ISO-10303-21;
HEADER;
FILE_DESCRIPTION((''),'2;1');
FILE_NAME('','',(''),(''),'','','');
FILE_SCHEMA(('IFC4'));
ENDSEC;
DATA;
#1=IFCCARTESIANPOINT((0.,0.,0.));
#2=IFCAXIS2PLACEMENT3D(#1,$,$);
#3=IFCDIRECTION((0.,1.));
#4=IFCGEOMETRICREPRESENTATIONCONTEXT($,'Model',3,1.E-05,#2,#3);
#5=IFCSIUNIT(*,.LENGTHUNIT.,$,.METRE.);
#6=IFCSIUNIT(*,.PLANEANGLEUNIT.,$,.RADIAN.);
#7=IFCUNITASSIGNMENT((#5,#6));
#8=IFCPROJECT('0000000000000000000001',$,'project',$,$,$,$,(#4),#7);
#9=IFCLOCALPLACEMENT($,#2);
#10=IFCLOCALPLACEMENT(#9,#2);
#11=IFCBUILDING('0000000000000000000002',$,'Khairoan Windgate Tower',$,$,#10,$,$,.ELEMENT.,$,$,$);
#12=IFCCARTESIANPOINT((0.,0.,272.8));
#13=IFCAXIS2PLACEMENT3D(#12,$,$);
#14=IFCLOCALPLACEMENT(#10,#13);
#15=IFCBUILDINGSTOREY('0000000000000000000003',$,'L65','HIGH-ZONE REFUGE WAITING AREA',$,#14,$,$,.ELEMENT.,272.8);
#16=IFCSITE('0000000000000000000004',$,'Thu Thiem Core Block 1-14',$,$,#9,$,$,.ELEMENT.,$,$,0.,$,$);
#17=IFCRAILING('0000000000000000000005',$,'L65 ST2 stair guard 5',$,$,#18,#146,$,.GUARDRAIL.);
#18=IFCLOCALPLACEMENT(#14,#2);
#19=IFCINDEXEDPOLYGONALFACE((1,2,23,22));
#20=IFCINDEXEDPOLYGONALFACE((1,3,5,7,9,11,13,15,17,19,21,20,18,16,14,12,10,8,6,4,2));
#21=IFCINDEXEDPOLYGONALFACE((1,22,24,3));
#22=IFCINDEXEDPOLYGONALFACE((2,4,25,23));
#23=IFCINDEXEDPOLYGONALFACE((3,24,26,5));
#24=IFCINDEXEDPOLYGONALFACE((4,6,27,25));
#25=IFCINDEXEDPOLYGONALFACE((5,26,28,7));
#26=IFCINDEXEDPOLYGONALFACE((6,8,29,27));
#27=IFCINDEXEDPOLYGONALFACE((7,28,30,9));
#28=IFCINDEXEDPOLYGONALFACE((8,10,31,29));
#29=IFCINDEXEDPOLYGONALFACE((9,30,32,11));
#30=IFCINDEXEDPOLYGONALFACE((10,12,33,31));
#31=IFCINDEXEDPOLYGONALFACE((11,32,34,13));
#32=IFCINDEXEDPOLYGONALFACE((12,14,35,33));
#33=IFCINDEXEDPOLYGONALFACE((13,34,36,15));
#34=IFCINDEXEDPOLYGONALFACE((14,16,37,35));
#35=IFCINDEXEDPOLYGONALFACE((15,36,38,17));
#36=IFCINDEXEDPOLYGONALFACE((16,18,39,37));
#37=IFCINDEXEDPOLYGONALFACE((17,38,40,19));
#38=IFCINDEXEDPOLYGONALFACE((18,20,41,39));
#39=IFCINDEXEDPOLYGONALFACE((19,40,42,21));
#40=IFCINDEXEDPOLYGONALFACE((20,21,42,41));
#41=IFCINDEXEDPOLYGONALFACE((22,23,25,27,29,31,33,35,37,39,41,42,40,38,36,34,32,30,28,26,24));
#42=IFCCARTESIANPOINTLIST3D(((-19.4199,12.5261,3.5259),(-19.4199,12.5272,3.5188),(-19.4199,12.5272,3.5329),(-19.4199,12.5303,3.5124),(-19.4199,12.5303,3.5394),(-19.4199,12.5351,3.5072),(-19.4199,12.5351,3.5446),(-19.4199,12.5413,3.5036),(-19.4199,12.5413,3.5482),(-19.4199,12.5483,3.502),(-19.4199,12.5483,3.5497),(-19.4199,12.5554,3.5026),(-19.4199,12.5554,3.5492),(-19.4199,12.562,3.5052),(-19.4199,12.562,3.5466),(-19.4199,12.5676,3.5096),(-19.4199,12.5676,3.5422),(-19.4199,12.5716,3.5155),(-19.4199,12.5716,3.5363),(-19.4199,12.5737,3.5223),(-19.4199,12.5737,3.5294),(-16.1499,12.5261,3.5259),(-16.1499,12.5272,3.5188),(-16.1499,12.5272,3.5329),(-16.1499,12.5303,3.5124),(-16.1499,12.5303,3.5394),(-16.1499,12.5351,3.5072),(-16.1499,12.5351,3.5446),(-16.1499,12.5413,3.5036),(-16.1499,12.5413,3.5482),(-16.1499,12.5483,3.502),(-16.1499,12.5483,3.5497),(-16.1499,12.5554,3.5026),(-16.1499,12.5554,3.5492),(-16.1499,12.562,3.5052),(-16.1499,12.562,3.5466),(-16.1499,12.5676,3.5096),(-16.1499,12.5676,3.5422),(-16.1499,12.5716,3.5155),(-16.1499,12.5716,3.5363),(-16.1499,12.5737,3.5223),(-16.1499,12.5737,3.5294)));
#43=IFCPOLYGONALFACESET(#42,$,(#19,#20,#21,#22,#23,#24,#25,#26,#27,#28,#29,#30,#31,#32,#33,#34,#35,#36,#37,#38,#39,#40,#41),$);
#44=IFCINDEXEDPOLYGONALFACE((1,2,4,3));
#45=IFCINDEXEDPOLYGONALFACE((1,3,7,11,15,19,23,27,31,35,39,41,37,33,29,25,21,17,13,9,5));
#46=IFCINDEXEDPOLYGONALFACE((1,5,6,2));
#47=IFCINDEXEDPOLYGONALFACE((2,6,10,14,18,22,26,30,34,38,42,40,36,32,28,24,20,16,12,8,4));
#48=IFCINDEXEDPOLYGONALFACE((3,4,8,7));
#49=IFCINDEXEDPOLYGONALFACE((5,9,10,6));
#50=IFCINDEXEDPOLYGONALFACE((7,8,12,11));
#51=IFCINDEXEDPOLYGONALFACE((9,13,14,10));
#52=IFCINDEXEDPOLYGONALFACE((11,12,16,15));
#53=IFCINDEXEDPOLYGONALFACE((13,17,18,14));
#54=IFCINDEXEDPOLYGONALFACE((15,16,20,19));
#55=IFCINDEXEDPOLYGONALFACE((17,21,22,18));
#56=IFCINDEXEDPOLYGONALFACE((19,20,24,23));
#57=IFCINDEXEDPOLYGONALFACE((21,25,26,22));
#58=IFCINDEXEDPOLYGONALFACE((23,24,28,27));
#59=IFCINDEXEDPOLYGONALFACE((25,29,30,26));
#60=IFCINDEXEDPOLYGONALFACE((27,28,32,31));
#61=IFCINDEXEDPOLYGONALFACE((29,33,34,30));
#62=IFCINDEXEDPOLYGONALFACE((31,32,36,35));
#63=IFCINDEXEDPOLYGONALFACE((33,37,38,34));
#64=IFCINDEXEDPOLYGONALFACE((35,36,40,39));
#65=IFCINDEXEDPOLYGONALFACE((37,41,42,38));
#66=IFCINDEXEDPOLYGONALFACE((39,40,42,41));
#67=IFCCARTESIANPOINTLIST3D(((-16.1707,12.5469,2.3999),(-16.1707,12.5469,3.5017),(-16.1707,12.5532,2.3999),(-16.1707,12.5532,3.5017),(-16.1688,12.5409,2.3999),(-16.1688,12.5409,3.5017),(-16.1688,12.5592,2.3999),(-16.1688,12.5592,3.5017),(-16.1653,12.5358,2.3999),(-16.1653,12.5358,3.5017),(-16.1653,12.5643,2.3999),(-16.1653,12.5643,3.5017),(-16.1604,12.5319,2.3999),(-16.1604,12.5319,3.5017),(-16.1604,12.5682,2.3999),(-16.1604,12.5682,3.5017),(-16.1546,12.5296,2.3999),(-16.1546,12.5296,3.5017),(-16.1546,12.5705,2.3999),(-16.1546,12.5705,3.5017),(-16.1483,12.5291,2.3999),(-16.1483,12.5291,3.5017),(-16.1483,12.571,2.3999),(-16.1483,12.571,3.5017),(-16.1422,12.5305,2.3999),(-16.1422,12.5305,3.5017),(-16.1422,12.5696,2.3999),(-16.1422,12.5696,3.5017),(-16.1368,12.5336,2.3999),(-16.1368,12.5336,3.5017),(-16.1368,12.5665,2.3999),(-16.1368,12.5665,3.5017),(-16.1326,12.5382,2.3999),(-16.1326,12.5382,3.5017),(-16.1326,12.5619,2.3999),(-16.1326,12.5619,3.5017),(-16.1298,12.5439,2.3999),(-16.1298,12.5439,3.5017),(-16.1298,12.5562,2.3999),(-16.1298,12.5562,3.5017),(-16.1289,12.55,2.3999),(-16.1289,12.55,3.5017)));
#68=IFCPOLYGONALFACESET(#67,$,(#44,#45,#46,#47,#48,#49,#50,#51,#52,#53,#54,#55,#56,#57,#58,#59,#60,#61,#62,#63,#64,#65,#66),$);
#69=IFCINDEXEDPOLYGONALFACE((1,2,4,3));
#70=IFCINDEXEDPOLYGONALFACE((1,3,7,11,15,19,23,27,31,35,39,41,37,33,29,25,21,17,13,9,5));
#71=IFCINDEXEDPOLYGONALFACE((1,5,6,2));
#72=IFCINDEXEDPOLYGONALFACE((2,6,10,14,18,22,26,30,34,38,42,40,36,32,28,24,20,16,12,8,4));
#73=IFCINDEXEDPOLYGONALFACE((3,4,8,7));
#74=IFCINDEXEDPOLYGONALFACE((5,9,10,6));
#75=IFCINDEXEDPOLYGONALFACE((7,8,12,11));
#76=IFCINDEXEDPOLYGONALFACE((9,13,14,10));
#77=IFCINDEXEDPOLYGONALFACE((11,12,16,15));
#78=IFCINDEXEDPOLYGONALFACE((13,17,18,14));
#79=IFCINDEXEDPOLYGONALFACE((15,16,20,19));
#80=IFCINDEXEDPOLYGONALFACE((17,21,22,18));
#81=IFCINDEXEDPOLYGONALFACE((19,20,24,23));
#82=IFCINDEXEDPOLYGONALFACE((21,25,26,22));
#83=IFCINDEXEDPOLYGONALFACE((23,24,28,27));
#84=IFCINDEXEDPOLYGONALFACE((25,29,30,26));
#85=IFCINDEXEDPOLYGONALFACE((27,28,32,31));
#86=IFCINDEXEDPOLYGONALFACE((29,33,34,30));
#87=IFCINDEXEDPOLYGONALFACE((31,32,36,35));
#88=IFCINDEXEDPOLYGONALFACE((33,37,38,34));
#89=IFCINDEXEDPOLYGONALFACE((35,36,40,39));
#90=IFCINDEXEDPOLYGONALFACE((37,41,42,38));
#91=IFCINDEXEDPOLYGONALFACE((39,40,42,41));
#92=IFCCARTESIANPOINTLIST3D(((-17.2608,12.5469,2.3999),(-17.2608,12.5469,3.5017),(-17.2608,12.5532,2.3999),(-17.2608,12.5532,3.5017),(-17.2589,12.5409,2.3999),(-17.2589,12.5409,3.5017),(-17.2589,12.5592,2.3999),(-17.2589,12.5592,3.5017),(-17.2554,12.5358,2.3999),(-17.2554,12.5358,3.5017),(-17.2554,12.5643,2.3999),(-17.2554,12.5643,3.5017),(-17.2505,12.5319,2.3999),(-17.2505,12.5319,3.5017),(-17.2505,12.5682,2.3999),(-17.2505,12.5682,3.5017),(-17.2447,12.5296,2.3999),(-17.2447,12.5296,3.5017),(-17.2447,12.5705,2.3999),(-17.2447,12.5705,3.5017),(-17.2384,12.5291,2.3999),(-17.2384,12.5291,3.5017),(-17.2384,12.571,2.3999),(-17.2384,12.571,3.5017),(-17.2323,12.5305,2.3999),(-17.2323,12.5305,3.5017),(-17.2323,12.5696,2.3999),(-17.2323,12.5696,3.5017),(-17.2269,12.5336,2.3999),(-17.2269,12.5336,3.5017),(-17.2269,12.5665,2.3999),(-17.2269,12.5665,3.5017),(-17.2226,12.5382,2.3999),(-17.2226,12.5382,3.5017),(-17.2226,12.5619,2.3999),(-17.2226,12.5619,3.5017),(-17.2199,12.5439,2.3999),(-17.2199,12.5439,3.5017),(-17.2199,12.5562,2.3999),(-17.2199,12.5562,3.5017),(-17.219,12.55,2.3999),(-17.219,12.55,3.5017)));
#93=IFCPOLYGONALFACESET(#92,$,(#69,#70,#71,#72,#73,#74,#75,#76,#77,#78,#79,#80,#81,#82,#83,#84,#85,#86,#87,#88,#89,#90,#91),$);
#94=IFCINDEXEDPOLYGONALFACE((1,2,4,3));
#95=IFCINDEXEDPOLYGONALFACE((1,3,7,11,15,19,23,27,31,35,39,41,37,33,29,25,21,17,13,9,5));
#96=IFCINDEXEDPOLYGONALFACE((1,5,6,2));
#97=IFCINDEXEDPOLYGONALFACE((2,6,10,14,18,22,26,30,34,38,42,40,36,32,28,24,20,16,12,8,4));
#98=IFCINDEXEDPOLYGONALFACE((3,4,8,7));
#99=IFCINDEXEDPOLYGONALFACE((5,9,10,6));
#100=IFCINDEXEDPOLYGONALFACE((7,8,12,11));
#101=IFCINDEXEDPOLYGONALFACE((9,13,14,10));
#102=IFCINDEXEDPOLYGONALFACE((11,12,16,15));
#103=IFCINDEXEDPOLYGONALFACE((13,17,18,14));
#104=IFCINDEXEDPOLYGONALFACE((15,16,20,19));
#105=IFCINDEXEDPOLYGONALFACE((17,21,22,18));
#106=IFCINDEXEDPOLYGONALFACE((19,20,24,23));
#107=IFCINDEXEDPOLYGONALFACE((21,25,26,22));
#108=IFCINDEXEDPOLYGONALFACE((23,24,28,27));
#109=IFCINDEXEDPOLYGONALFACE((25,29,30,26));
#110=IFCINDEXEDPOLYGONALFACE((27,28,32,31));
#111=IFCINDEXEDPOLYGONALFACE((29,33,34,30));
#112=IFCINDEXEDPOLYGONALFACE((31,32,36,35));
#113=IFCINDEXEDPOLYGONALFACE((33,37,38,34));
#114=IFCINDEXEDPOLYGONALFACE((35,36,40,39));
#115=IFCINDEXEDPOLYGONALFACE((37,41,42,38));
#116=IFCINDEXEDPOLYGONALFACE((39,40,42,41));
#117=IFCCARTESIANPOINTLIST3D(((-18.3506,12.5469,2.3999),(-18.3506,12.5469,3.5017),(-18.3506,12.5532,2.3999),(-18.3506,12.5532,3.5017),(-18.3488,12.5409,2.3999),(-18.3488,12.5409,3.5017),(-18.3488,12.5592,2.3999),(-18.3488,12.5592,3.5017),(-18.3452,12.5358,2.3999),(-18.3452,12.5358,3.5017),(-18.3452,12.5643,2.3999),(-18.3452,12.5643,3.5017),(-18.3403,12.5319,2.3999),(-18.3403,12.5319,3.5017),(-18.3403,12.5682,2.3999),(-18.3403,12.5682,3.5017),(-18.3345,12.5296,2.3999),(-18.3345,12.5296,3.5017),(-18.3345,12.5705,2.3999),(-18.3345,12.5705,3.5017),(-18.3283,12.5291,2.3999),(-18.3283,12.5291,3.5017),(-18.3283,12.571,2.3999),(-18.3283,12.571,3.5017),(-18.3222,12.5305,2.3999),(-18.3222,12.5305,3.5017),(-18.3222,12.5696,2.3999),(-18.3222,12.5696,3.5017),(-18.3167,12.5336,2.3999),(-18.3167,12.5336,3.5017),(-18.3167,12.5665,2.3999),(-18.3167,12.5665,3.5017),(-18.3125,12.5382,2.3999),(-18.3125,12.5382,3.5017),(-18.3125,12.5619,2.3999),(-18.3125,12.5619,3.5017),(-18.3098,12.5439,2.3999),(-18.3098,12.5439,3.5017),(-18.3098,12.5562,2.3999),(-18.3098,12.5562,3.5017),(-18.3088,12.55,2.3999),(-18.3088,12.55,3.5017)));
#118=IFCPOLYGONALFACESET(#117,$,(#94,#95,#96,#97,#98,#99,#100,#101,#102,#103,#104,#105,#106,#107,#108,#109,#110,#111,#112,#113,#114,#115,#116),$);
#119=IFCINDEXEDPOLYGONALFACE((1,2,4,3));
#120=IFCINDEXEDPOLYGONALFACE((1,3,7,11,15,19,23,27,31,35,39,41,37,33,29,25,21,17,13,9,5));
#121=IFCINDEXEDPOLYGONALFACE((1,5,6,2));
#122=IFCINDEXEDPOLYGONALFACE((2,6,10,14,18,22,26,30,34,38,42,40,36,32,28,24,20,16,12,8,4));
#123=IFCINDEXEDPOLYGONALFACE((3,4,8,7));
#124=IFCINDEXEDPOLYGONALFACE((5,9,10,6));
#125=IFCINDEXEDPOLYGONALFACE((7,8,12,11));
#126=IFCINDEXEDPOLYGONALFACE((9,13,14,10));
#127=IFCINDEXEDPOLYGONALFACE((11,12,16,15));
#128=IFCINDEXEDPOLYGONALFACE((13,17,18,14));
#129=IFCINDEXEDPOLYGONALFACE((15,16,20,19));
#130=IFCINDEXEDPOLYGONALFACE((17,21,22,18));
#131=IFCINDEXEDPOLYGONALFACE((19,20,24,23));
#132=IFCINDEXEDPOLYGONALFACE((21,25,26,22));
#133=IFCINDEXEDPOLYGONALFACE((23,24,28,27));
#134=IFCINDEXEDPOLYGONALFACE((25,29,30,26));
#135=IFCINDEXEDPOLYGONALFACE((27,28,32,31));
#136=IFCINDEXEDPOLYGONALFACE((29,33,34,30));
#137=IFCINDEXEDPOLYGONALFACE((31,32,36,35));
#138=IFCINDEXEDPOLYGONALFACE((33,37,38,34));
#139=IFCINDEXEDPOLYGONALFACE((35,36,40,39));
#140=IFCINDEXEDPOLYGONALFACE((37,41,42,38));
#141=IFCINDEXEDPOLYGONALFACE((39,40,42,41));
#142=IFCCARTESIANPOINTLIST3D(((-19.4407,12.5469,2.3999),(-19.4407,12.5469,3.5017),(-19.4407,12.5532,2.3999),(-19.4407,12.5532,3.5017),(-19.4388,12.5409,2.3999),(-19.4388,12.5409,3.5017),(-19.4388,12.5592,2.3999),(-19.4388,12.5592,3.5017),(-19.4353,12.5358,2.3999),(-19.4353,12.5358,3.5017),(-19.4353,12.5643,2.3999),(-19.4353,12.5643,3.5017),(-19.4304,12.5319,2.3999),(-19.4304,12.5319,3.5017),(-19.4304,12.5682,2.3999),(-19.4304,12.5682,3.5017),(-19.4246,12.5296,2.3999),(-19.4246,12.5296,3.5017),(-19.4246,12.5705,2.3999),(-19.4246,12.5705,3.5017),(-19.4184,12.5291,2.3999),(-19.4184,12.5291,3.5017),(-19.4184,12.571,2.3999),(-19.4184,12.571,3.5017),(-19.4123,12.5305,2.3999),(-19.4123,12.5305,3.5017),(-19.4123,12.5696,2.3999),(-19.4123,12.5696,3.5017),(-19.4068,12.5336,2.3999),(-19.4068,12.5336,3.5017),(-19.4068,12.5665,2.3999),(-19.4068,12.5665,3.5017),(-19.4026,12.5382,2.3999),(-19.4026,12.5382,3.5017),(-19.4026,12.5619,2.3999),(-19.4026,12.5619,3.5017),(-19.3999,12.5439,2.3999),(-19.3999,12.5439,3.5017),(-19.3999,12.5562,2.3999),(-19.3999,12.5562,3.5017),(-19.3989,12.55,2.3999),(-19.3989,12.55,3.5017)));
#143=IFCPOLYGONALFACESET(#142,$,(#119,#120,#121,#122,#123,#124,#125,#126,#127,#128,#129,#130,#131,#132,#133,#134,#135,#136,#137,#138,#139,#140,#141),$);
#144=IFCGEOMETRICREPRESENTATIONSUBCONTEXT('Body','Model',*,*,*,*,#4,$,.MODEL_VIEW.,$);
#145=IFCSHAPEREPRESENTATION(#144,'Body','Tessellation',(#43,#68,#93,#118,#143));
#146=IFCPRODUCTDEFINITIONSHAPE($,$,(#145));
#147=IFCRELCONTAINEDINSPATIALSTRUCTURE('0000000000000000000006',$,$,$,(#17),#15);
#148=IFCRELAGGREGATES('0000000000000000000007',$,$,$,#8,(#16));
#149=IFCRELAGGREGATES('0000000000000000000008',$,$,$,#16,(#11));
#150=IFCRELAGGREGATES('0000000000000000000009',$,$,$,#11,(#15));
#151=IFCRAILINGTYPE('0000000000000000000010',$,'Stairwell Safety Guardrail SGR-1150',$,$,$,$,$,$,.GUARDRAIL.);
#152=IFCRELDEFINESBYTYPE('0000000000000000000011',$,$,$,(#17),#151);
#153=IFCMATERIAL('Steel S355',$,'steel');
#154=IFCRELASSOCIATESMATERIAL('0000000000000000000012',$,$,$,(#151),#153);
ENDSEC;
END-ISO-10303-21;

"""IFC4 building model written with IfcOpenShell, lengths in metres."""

from ifc_helpers import new_model, si_unit, direction, frame, origin, origin_2d, place, context, subcontext, project, spatial, circle, extrude, material, type_object, element, save


model = new_model("IFC4")

# Units and contexts
model_context = context("Model", 3, precision=1e-05, world=origin(), true_north=direction((0.0, 1.0)))
body_context = subcontext(model_context, "Body", "Model", "MODEL_VIEW")
ifc_project = project(units=[si_unit("LENGTHUNIT", "METRE"), si_unit("PLANEANGLEUNIT", "RADIAN")], contexts=[model_context])

# Site, building, storey
site_placement = place(None, origin())
site = spatial("IfcSite", under=ifc_project, at=site_placement, Name="Thu Thiem Core Block 1-14", CompositionType="ELEMENT", RefElevation=0.0)
building_placement = place(site_placement, origin())
building = spatial("IfcBuilding", under=site, at=building_placement, Name="Khairoan Windgate Tower", CompositionType="ELEMENT")
storey_placement = place(building_placement, frame((0.0, 0.0, 272.8)))
storey = spatial("IfcBuildingStorey", under=building, at=storey_placement, Name="L65", Description="HIGH-ZONE REFUGE WAITING AREA", CompositionType="ELEMENT", Elevation=272.8)

# Railing
ifc_material_1 = material(Name="Steel S355", Category="steel")
railing_type_1 = type_object("IfcRailingType", Name="Stairwell Safety Guardrail SGR-1150", PredefinedType="GUARDRAIL", material=ifc_material_1)
railing_1_placement = place(storey_placement, frame((-16.1499, 12.55, 2.3999)))
element("IfcRailing", 1, at=railing_1_placement, inside=storey, type_object=railing_type_1, Name="L65 ST2 stair guard 5", PredefinedType="GUARDRAIL", context=body_context, shape_type="SweptSolid", body=[
    extrude(circle(Radius=0.0239, at=origin_2d()), frame((0.0, 0.0, 1.126), z_axis=(-1.0, 0.0, 0.0), x_axis=(0.0, -1.0, 0.0)), (0.0, 0.0, 1.0), 3.27),
    extrude(circle(Radius=0.021, at=origin_2d()), origin(), (0.0, 0.0, 1.0), 1.1018),
    extrude(circle(Radius=0.021, at=origin_2d()), frame((-1.0901, 0.0, 0.0)), (0.0, 0.0, 1.0), 1.1018),
    extrude(circle(Radius=0.021, at=origin_2d()), frame((-2.1799, 0.0, 0.0)), (0.0, 0.0, 1.0), 1.1018),
    extrude(circle(Radius=0.021, at=origin_2d()), frame((-3.27, 0.0, 0.0)), (0.0, 0.0, 1.0), 1.1018),
])

save(model, "model.ifc")
